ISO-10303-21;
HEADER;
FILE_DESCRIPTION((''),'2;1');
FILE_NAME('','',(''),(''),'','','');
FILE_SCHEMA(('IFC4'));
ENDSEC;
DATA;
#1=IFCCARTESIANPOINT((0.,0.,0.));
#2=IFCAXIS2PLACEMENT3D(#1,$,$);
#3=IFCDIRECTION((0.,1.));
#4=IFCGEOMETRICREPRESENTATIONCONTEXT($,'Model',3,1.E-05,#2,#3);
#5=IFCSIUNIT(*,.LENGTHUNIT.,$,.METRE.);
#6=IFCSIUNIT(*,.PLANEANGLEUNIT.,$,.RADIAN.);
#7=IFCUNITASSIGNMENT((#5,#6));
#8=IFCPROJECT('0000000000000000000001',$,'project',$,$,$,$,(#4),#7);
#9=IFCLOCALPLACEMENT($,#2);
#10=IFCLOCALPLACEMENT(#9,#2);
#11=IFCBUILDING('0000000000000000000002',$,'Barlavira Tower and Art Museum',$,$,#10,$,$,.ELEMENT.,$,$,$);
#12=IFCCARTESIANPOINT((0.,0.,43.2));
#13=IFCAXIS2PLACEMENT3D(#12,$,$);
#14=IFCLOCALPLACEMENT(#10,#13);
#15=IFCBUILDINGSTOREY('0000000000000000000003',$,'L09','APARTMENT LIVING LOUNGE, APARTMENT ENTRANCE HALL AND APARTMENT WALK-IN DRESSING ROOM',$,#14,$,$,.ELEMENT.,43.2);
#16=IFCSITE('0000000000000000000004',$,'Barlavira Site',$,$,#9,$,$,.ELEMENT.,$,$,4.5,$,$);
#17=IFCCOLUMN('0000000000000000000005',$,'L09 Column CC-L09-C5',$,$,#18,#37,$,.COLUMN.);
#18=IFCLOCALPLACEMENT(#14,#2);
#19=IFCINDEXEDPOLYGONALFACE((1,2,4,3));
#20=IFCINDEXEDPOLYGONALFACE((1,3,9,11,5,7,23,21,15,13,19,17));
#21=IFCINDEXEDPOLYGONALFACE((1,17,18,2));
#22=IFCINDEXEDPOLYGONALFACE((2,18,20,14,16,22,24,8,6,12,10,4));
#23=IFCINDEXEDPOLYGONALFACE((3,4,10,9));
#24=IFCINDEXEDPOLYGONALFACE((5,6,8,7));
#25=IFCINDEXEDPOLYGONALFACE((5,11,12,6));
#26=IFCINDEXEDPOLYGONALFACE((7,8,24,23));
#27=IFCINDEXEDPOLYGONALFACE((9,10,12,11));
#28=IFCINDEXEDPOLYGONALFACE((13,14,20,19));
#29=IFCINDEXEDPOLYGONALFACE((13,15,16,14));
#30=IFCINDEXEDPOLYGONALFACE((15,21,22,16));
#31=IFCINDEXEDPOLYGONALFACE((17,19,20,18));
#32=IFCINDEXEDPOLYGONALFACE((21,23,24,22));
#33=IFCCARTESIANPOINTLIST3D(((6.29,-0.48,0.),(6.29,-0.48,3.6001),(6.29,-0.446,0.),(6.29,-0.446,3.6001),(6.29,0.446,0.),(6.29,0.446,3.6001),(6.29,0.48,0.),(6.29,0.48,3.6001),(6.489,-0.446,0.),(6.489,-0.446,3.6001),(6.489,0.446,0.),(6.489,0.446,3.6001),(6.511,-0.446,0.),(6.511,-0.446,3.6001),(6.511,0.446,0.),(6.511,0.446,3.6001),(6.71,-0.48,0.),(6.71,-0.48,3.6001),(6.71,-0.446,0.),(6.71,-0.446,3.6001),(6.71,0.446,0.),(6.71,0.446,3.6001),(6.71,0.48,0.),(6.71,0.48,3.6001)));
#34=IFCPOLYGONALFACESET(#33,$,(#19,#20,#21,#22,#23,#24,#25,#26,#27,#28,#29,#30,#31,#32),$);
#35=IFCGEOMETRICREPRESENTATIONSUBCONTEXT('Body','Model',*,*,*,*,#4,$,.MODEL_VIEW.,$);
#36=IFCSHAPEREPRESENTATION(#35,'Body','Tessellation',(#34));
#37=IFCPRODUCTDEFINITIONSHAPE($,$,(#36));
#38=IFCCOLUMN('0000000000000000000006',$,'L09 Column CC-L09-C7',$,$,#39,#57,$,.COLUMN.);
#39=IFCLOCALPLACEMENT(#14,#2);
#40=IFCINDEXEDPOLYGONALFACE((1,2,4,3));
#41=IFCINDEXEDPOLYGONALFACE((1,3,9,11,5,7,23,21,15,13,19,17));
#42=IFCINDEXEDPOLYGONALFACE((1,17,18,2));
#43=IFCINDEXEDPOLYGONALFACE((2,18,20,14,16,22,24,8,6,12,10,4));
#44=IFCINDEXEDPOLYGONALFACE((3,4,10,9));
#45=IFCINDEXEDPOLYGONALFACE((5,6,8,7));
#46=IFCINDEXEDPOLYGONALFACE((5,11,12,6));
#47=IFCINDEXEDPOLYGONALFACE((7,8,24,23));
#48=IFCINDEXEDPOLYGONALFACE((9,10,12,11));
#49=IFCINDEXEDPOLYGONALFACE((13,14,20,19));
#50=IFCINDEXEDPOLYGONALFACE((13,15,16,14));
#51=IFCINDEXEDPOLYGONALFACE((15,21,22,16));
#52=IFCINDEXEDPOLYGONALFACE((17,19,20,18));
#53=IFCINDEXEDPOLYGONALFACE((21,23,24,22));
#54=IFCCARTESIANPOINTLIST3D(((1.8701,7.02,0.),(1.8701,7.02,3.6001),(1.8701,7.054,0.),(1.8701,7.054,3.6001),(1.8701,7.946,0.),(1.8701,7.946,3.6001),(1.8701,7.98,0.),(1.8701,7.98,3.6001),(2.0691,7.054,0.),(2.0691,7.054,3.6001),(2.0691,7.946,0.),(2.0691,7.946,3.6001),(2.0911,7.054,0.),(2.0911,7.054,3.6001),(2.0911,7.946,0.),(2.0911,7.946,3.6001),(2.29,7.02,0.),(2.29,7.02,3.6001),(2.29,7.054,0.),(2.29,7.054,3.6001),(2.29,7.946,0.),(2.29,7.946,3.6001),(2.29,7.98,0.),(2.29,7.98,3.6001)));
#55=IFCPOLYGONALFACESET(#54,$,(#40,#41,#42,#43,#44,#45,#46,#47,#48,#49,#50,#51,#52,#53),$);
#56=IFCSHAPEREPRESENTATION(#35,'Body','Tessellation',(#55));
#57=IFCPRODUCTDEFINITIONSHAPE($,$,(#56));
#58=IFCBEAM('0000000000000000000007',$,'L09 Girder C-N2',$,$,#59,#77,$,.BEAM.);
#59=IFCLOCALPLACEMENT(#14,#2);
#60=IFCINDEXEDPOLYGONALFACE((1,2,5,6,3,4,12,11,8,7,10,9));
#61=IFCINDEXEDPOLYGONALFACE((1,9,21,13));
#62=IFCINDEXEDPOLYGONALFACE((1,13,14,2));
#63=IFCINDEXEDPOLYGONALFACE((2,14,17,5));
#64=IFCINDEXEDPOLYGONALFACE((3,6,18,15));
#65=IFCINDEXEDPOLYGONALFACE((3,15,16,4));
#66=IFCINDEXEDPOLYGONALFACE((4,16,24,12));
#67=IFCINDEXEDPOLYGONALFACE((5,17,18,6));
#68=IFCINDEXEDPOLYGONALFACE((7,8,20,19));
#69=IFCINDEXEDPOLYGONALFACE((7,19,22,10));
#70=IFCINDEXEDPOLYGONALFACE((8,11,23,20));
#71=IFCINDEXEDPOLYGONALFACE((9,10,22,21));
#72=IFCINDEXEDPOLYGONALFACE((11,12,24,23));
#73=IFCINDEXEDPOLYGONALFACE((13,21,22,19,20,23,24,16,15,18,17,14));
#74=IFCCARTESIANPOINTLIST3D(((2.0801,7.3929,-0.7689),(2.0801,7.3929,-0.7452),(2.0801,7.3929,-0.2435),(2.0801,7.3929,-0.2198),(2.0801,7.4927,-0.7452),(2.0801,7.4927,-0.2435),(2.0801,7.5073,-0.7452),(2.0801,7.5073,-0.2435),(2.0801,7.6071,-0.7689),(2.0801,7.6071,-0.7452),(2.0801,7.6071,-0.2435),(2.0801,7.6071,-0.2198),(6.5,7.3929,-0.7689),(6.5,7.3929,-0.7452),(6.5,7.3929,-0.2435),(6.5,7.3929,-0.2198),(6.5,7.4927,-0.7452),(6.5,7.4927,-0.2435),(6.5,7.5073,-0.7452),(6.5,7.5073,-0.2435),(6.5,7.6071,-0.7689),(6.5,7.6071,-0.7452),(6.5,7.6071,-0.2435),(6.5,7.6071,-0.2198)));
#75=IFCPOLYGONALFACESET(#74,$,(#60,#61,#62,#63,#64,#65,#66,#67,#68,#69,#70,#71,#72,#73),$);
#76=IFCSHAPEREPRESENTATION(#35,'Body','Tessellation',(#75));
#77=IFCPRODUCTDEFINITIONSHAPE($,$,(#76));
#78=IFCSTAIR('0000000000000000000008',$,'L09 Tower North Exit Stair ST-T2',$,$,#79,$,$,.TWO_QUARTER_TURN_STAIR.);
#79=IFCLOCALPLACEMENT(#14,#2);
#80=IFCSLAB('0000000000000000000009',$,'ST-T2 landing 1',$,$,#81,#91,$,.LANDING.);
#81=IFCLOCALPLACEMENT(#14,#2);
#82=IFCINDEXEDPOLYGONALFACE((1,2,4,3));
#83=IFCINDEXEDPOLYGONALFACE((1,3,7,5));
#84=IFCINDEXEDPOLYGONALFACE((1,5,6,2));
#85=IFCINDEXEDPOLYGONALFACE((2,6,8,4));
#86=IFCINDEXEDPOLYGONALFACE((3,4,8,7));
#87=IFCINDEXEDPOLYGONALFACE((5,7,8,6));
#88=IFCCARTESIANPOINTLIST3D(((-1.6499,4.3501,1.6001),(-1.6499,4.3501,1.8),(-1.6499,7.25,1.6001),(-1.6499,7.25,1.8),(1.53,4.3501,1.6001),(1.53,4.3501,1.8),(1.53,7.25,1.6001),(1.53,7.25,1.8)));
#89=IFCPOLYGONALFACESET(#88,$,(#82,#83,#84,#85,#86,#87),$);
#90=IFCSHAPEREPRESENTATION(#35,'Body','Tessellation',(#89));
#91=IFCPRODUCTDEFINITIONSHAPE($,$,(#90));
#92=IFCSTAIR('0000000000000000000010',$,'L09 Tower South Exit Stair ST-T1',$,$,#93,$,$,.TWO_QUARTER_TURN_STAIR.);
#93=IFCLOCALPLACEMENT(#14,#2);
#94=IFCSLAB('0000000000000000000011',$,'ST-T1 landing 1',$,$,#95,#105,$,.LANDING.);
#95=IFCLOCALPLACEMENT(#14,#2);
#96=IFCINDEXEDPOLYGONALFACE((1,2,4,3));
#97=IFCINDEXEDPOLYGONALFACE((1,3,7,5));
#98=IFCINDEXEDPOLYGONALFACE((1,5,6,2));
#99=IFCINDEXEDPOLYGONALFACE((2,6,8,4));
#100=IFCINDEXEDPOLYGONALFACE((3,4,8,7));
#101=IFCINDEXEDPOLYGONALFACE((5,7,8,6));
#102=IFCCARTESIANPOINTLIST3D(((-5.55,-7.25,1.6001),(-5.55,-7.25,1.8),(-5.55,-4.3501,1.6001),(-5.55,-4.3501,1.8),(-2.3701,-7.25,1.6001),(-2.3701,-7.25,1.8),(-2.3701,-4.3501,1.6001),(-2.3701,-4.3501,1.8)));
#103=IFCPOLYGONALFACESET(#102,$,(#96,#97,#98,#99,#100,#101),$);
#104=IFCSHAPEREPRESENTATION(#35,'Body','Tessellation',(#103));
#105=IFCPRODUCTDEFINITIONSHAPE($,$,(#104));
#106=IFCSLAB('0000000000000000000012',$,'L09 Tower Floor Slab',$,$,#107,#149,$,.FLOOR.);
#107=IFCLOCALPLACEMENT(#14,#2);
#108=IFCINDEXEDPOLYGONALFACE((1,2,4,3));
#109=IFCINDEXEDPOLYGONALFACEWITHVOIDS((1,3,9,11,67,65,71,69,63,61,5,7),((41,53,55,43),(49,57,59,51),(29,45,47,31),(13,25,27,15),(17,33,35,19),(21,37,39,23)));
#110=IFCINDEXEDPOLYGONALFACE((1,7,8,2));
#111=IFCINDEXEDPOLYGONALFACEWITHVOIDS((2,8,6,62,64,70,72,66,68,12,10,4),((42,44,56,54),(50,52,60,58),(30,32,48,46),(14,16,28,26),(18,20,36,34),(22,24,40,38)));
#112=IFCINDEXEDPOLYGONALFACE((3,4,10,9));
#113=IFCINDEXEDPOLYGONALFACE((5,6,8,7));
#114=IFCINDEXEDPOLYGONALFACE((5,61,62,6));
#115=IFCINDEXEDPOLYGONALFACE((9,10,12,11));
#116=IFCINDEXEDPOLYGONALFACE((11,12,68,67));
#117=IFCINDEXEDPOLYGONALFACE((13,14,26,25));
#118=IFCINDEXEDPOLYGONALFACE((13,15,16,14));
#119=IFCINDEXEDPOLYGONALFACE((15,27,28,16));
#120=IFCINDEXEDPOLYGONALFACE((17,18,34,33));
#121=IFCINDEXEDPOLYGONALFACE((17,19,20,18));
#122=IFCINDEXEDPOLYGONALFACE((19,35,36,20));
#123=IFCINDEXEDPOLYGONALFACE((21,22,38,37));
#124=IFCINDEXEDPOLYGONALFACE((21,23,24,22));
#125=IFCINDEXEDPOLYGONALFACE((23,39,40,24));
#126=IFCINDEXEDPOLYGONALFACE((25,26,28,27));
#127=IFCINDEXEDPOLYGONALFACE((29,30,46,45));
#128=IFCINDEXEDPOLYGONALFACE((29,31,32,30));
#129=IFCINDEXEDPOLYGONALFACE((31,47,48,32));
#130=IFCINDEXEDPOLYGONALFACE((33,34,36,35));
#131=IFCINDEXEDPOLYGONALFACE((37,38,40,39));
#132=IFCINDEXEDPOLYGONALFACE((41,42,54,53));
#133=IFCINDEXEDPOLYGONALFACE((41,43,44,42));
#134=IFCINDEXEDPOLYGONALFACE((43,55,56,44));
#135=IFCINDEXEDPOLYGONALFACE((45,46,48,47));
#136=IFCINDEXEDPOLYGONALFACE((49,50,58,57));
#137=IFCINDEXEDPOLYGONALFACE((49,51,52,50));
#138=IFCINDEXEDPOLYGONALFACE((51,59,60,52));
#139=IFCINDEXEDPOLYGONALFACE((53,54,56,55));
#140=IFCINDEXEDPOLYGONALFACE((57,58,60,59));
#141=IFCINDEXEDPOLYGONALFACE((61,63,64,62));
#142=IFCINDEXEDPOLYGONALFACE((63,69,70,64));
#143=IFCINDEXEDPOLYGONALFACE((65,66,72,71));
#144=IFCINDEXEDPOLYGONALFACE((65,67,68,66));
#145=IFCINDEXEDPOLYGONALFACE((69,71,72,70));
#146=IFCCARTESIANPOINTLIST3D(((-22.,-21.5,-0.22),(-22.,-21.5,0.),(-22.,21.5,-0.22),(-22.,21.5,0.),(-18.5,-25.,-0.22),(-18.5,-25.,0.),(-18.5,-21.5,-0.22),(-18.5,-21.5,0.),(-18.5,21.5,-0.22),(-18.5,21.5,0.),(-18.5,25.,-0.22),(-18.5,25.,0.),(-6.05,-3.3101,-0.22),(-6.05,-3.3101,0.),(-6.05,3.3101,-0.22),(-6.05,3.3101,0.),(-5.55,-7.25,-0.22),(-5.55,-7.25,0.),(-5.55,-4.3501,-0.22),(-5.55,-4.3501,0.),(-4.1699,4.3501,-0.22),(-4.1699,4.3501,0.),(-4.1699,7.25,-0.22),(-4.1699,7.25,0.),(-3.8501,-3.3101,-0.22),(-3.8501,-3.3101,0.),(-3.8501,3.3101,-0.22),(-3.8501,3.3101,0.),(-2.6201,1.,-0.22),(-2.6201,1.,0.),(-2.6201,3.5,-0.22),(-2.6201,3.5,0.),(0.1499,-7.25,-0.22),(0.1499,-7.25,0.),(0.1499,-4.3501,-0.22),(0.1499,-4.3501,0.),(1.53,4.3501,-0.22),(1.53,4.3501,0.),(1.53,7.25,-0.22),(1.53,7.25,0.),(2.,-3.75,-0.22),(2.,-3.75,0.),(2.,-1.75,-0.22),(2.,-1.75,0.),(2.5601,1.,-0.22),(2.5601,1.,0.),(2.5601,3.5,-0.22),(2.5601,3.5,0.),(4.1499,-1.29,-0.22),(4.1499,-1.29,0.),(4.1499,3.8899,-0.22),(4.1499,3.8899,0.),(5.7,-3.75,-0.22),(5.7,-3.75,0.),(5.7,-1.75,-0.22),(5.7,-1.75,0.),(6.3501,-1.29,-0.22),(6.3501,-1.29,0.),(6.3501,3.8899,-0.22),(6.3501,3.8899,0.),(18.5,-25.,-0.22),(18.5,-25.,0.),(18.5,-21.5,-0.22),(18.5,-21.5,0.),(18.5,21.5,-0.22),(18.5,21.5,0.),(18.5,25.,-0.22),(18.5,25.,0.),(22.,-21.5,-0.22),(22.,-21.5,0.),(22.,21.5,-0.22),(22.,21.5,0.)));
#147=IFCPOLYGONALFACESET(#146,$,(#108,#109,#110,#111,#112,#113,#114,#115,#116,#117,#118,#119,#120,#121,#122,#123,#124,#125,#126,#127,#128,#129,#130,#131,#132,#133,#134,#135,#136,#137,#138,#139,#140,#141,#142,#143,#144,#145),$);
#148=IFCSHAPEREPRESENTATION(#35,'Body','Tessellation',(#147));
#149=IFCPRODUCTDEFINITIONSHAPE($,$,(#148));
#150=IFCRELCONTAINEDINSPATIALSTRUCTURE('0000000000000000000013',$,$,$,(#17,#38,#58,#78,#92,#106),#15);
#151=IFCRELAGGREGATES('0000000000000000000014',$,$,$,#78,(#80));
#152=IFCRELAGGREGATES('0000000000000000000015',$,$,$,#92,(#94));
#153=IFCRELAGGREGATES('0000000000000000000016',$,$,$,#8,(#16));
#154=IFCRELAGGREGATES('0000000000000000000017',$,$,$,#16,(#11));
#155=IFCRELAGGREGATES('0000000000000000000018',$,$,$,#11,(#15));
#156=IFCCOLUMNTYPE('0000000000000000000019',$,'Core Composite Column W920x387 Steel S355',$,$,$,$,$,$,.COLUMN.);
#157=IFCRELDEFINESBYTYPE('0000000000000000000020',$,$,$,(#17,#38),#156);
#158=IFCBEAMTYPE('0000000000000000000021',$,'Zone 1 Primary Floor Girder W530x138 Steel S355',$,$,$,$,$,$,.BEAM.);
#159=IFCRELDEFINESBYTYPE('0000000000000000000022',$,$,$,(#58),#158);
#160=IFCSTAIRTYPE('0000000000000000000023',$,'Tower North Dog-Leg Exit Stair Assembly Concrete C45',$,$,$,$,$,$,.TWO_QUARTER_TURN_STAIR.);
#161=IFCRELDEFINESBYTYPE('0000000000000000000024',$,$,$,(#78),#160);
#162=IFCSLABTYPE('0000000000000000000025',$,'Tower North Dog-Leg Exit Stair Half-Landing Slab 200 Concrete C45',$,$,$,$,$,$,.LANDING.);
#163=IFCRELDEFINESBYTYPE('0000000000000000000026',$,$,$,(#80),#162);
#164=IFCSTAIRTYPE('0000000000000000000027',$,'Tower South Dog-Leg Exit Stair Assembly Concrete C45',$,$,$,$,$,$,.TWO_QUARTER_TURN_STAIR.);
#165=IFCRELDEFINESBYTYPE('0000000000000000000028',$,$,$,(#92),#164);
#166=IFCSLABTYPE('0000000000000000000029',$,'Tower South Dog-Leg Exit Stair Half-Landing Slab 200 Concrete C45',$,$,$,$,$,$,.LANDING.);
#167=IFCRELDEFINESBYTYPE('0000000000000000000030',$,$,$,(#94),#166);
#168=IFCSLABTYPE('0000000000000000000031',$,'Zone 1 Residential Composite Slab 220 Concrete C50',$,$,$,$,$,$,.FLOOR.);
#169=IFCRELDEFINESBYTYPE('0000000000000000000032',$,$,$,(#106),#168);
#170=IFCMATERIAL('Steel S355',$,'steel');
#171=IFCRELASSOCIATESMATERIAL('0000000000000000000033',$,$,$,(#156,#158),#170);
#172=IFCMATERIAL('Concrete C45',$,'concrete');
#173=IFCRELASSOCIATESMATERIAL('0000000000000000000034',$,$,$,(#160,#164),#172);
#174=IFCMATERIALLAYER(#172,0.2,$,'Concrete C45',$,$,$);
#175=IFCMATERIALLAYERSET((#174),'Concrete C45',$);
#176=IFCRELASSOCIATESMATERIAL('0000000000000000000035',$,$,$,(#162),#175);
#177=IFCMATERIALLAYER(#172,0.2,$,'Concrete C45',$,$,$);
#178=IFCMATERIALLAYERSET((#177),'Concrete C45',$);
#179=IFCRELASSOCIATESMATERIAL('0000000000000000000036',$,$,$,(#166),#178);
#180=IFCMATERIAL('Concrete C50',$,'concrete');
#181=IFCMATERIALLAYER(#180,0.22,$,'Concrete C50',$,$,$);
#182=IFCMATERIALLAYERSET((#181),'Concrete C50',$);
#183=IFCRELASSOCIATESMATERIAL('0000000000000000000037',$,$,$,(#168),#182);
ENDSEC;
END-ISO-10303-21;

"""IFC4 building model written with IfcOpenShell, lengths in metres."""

from ifc_helpers import new_model, si_unit, direction, frame, origin, origin_2d, place, context, subcontext, project, spatial, polyline, i_section, outline, extrude, material, layer, layer_set, material_profile, profile_set, type_object, element, aggregate, save


model = new_model("IFC4")

# Units and contexts
model_context = context("Model", 3, precision=1e-05, world=origin(), true_north=direction((0.0, 1.0)))
body_context = subcontext(model_context, "Body", "Model", "MODEL_VIEW")
ifc_project = project(units=[si_unit("LENGTHUNIT", "METRE"), si_unit("PLANEANGLEUNIT", "RADIAN")], contexts=[model_context])

# Site, building, storey
site_placement = place(None, origin())
site = spatial("IfcSite", under=ifc_project, at=site_placement, Name="Barlavira Site", CompositionType="ELEMENT", RefElevation=4.5)
building_placement = place(site_placement, origin())
building = spatial("IfcBuilding", under=site, at=building_placement, Name="Barlavira Tower and Art Museum", CompositionType="ELEMENT")
storey_placement = place(building_placement, frame((0.0, 0.0, 43.2)))
storey = spatial("IfcBuildingStorey", under=building, at=storey_placement, Name="L09", Description="APARTMENT LIVING LOUNGE, APARTMENT ENTRANCE HALL AND APARTMENT WALK-IN DRESSING ROOM", CompositionType="ELEMENT", Elevation=43.2)

# Columns
ifc_material_1 = material(Name="Steel S355", Category="steel")
ifc_material_profile_1 = material_profile(ifc_material_1, i_section(OverallWidth=0.4199, OverallDepth=0.96, WebThickness=0.022, FlangeThickness=0.0339, at=origin_2d()), Name="W920x387.0")
ifc_profile_set_1 = profile_set([ifc_material_profile_1], Name="Steel S355")
column_type = type_object("IfcColumnType", Name="Core Composite Column W920x387 Steel S355", PredefinedType="COLUMN", material=ifc_profile_set_1)
for number, where, z_axis, x_axis, name in (
    (1, (6.5, 0.0, 0.0), (0.0, 0.0, 1.0), (1.0, 0.0, 0.0), "L09 Column CC-L09-C5"),
    (2, (2.0801, 7.5, 0.0), (0.0, 0.0, 1.0), (1.0, 0.0, 0.0), "L09 Column CC-L09-C7"),
):
    element("IfcColumn", number, at=place(storey_placement, frame(where, z_axis=z_axis, x_axis=x_axis)), inside=storey, type_object=column_type, Name=name, PredefinedType="COLUMN", context=body_context, shape_type="SweptSolid", body=[
        extrude(i_section(OverallWidth=0.4199, OverallDepth=0.96, WebThickness=0.022, FlangeThickness=0.0339, at=origin_2d()), origin(), (0.0, 0.0, 1.0), 3.6001),
    ])

# Beam
ifc_material_profile_2 = material_profile(ifc_material_1, i_section(OverallWidth=0.2141, OverallDepth=0.5491, WebThickness=0.0146, FlangeThickness=0.0237, at=origin_2d()), Name="W530x138.0")
ifc_profile_set_2 = profile_set([ifc_material_profile_2], Name="Steel S355")
beam_type = type_object("IfcBeamType", Name="Zone 1 Primary Floor Girder W530x138 Steel S355", PredefinedType="BEAM", material=ifc_profile_set_2)
beam_placement = place(storey_placement, frame((2.0801, 7.5, -0.4944), z_axis=(1.0, 0.0, 0.0), x_axis=(0.0, 1.0, 0.0)))
element("IfcBeam", 3, at=beam_placement, inside=storey, type_object=beam_type, Name="L09 Girder C-N2", PredefinedType="BEAM", context=body_context, shape_type="SweptSolid", body=[
    extrude(i_section(OverallWidth=0.2141, OverallDepth=0.5491, WebThickness=0.0146, FlangeThickness=0.0237, at=origin_2d()), origin(), (0.0, 0.0, 1.0), 4.4199),
])

# Stairs, slabs
ifc_material_2 = material(Name="Concrete C45", Category="concrete")
stair_type_1 = type_object("IfcStairType", Name="Tower North Dog-Leg Exit Stair Assembly Concrete C45", PredefinedType="TWO_QUARTER_TURN_STAIR", material=ifc_material_2)
stair_1_placement = place(storey_placement, origin())
stair_1 = element("IfcStair", 4, at=stair_1_placement, inside=storey, type_object=stair_type_1, Name="L09 Tower North Exit Stair ST-T2", PredefinedType="TWO_QUARTER_TURN_STAIR")
ifc_layer_1 = layer(ifc_material_2, 0.2, Name="Concrete C45")
ifc_layer_set_1 = layer_set([ifc_layer_1], Name="Concrete C45")
slab_type_1 = type_object("IfcSlabType", Name="Tower North Dog-Leg Exit Stair Half-Landing Slab 200 Concrete C45", PredefinedType="LANDING", material=ifc_layer_set_1)
slab_1_placement = place(storey_placement, frame((0.0, 0.0, 1.6001)))
slab_1 = element("IfcSlab", 5, at=slab_1_placement, type_object=slab_type_1, Name="ST-T2 landing 1", PredefinedType="LANDING", context=body_context, shape_type="SweptSolid", body=[
    extrude(outline(polyline([(-1.6499, 4.3501), (1.53, 4.3501), (1.53, 7.25), (-1.6499, 7.25), (-1.6499, 4.3501)])), origin(), (0.0, 0.0, 1.0), 0.2),
])
aggregate(stair_1, [slab_1])
stair_type_2 = type_object("IfcStairType", Name="Tower South Dog-Leg Exit Stair Assembly Concrete C45", PredefinedType="TWO_QUARTER_TURN_STAIR", material=ifc_material_2)
stair_2_placement = place(storey_placement, origin())
stair_2 = element("IfcStair", 6, at=stair_2_placement, inside=storey, type_object=stair_type_2, Name="L09 Tower South Exit Stair ST-T1", PredefinedType="TWO_QUARTER_TURN_STAIR")
ifc_layer_2 = layer(ifc_material_2, 0.2, Name="Concrete C45")
ifc_layer_set_2 = layer_set([ifc_layer_2], Name="Concrete C45")
slab_type_2 = type_object("IfcSlabType", Name="Tower South Dog-Leg Exit Stair Half-Landing Slab 200 Concrete C45", PredefinedType="LANDING", material=ifc_layer_set_2)
slab_2_placement = place(storey_placement, frame((0.0, 0.0, 1.6001)))
slab_2 = element("IfcSlab", 7, at=slab_2_placement, type_object=slab_type_2, Name="ST-T1 landing 1", PredefinedType="LANDING", context=body_context, shape_type="SweptSolid", body=[
    extrude(outline(polyline([(-2.3701, -4.3501), (-5.55, -4.3501), (-5.55, -7.25), (-2.3701, -7.25), (-2.3701, -4.3501)])), origin(), (0.0, 0.0, 1.0), 0.2),
])
aggregate(stair_2, [slab_2])

# Slab
ifc_material_3 = material(Name="Concrete C50", Category="concrete")
ifc_layer_3 = layer(ifc_material_3, 0.22, Name="Concrete C50")
ifc_layer_set_3 = layer_set([ifc_layer_3], Name="Concrete C50")
slab_type_3 = type_object("IfcSlabType", Name="Zone 1 Residential Composite Slab 220 Concrete C50", PredefinedType="FLOOR", material=ifc_layer_set_3)
slab_3_placement = place(storey_placement, frame((0.0, 0.0, -0.22)))
element("IfcSlab", 8, at=slab_3_placement, inside=storey, type_object=slab_type_3, Name="L09 Tower Floor Slab", PredefinedType="FLOOR", context=body_context, shape_type="SweptSolid", body=[
    extrude(outline(polyline([(-18.5, -25.0), (18.5, -25.0), (18.5, -21.5), (22.0, -21.5), (22.0, 21.5), (18.5, 21.5), (18.5, 25.0), (-18.5, 25.0), (-18.5, 21.5), (-22.0, 21.5), (-22.0, -21.5), (-18.5, -21.5), (-18.5, -25.0)]), holes=[polyline([(0.1499, -4.3501), (-5.55, -4.3501), (-5.55, -7.25), (0.1499, -7.25), (0.1499, -4.3501)]), polyline([(-4.1699, 4.3501), (1.53, 4.3501), (1.53, 7.25), (-4.1699, 7.25), (-4.1699, 4.3501)]), polyline([(-6.05, -3.3101), (-3.8501, -3.3101), (-3.8501, 3.3101), (-6.05, 3.3101), (-6.05, -3.3101)]), polyline([(4.1499, -1.29), (6.3501, -1.29), (6.3501, 3.8899), (4.1499, 3.8899), (4.1499, -1.29)]), polyline([(-2.6201, 1.0), (2.5601, 1.0), (2.5601, 3.5), (-2.6201, 3.5), (-2.6201, 1.0)]), polyline([(2.0, -3.75), (5.7, -3.75), (5.7, -1.75), (2.0, -1.75), (2.0, -3.75)])]), origin(), (0.0, 0.0, 1.0), 0.22),
])

save(model, "model.ifc")
